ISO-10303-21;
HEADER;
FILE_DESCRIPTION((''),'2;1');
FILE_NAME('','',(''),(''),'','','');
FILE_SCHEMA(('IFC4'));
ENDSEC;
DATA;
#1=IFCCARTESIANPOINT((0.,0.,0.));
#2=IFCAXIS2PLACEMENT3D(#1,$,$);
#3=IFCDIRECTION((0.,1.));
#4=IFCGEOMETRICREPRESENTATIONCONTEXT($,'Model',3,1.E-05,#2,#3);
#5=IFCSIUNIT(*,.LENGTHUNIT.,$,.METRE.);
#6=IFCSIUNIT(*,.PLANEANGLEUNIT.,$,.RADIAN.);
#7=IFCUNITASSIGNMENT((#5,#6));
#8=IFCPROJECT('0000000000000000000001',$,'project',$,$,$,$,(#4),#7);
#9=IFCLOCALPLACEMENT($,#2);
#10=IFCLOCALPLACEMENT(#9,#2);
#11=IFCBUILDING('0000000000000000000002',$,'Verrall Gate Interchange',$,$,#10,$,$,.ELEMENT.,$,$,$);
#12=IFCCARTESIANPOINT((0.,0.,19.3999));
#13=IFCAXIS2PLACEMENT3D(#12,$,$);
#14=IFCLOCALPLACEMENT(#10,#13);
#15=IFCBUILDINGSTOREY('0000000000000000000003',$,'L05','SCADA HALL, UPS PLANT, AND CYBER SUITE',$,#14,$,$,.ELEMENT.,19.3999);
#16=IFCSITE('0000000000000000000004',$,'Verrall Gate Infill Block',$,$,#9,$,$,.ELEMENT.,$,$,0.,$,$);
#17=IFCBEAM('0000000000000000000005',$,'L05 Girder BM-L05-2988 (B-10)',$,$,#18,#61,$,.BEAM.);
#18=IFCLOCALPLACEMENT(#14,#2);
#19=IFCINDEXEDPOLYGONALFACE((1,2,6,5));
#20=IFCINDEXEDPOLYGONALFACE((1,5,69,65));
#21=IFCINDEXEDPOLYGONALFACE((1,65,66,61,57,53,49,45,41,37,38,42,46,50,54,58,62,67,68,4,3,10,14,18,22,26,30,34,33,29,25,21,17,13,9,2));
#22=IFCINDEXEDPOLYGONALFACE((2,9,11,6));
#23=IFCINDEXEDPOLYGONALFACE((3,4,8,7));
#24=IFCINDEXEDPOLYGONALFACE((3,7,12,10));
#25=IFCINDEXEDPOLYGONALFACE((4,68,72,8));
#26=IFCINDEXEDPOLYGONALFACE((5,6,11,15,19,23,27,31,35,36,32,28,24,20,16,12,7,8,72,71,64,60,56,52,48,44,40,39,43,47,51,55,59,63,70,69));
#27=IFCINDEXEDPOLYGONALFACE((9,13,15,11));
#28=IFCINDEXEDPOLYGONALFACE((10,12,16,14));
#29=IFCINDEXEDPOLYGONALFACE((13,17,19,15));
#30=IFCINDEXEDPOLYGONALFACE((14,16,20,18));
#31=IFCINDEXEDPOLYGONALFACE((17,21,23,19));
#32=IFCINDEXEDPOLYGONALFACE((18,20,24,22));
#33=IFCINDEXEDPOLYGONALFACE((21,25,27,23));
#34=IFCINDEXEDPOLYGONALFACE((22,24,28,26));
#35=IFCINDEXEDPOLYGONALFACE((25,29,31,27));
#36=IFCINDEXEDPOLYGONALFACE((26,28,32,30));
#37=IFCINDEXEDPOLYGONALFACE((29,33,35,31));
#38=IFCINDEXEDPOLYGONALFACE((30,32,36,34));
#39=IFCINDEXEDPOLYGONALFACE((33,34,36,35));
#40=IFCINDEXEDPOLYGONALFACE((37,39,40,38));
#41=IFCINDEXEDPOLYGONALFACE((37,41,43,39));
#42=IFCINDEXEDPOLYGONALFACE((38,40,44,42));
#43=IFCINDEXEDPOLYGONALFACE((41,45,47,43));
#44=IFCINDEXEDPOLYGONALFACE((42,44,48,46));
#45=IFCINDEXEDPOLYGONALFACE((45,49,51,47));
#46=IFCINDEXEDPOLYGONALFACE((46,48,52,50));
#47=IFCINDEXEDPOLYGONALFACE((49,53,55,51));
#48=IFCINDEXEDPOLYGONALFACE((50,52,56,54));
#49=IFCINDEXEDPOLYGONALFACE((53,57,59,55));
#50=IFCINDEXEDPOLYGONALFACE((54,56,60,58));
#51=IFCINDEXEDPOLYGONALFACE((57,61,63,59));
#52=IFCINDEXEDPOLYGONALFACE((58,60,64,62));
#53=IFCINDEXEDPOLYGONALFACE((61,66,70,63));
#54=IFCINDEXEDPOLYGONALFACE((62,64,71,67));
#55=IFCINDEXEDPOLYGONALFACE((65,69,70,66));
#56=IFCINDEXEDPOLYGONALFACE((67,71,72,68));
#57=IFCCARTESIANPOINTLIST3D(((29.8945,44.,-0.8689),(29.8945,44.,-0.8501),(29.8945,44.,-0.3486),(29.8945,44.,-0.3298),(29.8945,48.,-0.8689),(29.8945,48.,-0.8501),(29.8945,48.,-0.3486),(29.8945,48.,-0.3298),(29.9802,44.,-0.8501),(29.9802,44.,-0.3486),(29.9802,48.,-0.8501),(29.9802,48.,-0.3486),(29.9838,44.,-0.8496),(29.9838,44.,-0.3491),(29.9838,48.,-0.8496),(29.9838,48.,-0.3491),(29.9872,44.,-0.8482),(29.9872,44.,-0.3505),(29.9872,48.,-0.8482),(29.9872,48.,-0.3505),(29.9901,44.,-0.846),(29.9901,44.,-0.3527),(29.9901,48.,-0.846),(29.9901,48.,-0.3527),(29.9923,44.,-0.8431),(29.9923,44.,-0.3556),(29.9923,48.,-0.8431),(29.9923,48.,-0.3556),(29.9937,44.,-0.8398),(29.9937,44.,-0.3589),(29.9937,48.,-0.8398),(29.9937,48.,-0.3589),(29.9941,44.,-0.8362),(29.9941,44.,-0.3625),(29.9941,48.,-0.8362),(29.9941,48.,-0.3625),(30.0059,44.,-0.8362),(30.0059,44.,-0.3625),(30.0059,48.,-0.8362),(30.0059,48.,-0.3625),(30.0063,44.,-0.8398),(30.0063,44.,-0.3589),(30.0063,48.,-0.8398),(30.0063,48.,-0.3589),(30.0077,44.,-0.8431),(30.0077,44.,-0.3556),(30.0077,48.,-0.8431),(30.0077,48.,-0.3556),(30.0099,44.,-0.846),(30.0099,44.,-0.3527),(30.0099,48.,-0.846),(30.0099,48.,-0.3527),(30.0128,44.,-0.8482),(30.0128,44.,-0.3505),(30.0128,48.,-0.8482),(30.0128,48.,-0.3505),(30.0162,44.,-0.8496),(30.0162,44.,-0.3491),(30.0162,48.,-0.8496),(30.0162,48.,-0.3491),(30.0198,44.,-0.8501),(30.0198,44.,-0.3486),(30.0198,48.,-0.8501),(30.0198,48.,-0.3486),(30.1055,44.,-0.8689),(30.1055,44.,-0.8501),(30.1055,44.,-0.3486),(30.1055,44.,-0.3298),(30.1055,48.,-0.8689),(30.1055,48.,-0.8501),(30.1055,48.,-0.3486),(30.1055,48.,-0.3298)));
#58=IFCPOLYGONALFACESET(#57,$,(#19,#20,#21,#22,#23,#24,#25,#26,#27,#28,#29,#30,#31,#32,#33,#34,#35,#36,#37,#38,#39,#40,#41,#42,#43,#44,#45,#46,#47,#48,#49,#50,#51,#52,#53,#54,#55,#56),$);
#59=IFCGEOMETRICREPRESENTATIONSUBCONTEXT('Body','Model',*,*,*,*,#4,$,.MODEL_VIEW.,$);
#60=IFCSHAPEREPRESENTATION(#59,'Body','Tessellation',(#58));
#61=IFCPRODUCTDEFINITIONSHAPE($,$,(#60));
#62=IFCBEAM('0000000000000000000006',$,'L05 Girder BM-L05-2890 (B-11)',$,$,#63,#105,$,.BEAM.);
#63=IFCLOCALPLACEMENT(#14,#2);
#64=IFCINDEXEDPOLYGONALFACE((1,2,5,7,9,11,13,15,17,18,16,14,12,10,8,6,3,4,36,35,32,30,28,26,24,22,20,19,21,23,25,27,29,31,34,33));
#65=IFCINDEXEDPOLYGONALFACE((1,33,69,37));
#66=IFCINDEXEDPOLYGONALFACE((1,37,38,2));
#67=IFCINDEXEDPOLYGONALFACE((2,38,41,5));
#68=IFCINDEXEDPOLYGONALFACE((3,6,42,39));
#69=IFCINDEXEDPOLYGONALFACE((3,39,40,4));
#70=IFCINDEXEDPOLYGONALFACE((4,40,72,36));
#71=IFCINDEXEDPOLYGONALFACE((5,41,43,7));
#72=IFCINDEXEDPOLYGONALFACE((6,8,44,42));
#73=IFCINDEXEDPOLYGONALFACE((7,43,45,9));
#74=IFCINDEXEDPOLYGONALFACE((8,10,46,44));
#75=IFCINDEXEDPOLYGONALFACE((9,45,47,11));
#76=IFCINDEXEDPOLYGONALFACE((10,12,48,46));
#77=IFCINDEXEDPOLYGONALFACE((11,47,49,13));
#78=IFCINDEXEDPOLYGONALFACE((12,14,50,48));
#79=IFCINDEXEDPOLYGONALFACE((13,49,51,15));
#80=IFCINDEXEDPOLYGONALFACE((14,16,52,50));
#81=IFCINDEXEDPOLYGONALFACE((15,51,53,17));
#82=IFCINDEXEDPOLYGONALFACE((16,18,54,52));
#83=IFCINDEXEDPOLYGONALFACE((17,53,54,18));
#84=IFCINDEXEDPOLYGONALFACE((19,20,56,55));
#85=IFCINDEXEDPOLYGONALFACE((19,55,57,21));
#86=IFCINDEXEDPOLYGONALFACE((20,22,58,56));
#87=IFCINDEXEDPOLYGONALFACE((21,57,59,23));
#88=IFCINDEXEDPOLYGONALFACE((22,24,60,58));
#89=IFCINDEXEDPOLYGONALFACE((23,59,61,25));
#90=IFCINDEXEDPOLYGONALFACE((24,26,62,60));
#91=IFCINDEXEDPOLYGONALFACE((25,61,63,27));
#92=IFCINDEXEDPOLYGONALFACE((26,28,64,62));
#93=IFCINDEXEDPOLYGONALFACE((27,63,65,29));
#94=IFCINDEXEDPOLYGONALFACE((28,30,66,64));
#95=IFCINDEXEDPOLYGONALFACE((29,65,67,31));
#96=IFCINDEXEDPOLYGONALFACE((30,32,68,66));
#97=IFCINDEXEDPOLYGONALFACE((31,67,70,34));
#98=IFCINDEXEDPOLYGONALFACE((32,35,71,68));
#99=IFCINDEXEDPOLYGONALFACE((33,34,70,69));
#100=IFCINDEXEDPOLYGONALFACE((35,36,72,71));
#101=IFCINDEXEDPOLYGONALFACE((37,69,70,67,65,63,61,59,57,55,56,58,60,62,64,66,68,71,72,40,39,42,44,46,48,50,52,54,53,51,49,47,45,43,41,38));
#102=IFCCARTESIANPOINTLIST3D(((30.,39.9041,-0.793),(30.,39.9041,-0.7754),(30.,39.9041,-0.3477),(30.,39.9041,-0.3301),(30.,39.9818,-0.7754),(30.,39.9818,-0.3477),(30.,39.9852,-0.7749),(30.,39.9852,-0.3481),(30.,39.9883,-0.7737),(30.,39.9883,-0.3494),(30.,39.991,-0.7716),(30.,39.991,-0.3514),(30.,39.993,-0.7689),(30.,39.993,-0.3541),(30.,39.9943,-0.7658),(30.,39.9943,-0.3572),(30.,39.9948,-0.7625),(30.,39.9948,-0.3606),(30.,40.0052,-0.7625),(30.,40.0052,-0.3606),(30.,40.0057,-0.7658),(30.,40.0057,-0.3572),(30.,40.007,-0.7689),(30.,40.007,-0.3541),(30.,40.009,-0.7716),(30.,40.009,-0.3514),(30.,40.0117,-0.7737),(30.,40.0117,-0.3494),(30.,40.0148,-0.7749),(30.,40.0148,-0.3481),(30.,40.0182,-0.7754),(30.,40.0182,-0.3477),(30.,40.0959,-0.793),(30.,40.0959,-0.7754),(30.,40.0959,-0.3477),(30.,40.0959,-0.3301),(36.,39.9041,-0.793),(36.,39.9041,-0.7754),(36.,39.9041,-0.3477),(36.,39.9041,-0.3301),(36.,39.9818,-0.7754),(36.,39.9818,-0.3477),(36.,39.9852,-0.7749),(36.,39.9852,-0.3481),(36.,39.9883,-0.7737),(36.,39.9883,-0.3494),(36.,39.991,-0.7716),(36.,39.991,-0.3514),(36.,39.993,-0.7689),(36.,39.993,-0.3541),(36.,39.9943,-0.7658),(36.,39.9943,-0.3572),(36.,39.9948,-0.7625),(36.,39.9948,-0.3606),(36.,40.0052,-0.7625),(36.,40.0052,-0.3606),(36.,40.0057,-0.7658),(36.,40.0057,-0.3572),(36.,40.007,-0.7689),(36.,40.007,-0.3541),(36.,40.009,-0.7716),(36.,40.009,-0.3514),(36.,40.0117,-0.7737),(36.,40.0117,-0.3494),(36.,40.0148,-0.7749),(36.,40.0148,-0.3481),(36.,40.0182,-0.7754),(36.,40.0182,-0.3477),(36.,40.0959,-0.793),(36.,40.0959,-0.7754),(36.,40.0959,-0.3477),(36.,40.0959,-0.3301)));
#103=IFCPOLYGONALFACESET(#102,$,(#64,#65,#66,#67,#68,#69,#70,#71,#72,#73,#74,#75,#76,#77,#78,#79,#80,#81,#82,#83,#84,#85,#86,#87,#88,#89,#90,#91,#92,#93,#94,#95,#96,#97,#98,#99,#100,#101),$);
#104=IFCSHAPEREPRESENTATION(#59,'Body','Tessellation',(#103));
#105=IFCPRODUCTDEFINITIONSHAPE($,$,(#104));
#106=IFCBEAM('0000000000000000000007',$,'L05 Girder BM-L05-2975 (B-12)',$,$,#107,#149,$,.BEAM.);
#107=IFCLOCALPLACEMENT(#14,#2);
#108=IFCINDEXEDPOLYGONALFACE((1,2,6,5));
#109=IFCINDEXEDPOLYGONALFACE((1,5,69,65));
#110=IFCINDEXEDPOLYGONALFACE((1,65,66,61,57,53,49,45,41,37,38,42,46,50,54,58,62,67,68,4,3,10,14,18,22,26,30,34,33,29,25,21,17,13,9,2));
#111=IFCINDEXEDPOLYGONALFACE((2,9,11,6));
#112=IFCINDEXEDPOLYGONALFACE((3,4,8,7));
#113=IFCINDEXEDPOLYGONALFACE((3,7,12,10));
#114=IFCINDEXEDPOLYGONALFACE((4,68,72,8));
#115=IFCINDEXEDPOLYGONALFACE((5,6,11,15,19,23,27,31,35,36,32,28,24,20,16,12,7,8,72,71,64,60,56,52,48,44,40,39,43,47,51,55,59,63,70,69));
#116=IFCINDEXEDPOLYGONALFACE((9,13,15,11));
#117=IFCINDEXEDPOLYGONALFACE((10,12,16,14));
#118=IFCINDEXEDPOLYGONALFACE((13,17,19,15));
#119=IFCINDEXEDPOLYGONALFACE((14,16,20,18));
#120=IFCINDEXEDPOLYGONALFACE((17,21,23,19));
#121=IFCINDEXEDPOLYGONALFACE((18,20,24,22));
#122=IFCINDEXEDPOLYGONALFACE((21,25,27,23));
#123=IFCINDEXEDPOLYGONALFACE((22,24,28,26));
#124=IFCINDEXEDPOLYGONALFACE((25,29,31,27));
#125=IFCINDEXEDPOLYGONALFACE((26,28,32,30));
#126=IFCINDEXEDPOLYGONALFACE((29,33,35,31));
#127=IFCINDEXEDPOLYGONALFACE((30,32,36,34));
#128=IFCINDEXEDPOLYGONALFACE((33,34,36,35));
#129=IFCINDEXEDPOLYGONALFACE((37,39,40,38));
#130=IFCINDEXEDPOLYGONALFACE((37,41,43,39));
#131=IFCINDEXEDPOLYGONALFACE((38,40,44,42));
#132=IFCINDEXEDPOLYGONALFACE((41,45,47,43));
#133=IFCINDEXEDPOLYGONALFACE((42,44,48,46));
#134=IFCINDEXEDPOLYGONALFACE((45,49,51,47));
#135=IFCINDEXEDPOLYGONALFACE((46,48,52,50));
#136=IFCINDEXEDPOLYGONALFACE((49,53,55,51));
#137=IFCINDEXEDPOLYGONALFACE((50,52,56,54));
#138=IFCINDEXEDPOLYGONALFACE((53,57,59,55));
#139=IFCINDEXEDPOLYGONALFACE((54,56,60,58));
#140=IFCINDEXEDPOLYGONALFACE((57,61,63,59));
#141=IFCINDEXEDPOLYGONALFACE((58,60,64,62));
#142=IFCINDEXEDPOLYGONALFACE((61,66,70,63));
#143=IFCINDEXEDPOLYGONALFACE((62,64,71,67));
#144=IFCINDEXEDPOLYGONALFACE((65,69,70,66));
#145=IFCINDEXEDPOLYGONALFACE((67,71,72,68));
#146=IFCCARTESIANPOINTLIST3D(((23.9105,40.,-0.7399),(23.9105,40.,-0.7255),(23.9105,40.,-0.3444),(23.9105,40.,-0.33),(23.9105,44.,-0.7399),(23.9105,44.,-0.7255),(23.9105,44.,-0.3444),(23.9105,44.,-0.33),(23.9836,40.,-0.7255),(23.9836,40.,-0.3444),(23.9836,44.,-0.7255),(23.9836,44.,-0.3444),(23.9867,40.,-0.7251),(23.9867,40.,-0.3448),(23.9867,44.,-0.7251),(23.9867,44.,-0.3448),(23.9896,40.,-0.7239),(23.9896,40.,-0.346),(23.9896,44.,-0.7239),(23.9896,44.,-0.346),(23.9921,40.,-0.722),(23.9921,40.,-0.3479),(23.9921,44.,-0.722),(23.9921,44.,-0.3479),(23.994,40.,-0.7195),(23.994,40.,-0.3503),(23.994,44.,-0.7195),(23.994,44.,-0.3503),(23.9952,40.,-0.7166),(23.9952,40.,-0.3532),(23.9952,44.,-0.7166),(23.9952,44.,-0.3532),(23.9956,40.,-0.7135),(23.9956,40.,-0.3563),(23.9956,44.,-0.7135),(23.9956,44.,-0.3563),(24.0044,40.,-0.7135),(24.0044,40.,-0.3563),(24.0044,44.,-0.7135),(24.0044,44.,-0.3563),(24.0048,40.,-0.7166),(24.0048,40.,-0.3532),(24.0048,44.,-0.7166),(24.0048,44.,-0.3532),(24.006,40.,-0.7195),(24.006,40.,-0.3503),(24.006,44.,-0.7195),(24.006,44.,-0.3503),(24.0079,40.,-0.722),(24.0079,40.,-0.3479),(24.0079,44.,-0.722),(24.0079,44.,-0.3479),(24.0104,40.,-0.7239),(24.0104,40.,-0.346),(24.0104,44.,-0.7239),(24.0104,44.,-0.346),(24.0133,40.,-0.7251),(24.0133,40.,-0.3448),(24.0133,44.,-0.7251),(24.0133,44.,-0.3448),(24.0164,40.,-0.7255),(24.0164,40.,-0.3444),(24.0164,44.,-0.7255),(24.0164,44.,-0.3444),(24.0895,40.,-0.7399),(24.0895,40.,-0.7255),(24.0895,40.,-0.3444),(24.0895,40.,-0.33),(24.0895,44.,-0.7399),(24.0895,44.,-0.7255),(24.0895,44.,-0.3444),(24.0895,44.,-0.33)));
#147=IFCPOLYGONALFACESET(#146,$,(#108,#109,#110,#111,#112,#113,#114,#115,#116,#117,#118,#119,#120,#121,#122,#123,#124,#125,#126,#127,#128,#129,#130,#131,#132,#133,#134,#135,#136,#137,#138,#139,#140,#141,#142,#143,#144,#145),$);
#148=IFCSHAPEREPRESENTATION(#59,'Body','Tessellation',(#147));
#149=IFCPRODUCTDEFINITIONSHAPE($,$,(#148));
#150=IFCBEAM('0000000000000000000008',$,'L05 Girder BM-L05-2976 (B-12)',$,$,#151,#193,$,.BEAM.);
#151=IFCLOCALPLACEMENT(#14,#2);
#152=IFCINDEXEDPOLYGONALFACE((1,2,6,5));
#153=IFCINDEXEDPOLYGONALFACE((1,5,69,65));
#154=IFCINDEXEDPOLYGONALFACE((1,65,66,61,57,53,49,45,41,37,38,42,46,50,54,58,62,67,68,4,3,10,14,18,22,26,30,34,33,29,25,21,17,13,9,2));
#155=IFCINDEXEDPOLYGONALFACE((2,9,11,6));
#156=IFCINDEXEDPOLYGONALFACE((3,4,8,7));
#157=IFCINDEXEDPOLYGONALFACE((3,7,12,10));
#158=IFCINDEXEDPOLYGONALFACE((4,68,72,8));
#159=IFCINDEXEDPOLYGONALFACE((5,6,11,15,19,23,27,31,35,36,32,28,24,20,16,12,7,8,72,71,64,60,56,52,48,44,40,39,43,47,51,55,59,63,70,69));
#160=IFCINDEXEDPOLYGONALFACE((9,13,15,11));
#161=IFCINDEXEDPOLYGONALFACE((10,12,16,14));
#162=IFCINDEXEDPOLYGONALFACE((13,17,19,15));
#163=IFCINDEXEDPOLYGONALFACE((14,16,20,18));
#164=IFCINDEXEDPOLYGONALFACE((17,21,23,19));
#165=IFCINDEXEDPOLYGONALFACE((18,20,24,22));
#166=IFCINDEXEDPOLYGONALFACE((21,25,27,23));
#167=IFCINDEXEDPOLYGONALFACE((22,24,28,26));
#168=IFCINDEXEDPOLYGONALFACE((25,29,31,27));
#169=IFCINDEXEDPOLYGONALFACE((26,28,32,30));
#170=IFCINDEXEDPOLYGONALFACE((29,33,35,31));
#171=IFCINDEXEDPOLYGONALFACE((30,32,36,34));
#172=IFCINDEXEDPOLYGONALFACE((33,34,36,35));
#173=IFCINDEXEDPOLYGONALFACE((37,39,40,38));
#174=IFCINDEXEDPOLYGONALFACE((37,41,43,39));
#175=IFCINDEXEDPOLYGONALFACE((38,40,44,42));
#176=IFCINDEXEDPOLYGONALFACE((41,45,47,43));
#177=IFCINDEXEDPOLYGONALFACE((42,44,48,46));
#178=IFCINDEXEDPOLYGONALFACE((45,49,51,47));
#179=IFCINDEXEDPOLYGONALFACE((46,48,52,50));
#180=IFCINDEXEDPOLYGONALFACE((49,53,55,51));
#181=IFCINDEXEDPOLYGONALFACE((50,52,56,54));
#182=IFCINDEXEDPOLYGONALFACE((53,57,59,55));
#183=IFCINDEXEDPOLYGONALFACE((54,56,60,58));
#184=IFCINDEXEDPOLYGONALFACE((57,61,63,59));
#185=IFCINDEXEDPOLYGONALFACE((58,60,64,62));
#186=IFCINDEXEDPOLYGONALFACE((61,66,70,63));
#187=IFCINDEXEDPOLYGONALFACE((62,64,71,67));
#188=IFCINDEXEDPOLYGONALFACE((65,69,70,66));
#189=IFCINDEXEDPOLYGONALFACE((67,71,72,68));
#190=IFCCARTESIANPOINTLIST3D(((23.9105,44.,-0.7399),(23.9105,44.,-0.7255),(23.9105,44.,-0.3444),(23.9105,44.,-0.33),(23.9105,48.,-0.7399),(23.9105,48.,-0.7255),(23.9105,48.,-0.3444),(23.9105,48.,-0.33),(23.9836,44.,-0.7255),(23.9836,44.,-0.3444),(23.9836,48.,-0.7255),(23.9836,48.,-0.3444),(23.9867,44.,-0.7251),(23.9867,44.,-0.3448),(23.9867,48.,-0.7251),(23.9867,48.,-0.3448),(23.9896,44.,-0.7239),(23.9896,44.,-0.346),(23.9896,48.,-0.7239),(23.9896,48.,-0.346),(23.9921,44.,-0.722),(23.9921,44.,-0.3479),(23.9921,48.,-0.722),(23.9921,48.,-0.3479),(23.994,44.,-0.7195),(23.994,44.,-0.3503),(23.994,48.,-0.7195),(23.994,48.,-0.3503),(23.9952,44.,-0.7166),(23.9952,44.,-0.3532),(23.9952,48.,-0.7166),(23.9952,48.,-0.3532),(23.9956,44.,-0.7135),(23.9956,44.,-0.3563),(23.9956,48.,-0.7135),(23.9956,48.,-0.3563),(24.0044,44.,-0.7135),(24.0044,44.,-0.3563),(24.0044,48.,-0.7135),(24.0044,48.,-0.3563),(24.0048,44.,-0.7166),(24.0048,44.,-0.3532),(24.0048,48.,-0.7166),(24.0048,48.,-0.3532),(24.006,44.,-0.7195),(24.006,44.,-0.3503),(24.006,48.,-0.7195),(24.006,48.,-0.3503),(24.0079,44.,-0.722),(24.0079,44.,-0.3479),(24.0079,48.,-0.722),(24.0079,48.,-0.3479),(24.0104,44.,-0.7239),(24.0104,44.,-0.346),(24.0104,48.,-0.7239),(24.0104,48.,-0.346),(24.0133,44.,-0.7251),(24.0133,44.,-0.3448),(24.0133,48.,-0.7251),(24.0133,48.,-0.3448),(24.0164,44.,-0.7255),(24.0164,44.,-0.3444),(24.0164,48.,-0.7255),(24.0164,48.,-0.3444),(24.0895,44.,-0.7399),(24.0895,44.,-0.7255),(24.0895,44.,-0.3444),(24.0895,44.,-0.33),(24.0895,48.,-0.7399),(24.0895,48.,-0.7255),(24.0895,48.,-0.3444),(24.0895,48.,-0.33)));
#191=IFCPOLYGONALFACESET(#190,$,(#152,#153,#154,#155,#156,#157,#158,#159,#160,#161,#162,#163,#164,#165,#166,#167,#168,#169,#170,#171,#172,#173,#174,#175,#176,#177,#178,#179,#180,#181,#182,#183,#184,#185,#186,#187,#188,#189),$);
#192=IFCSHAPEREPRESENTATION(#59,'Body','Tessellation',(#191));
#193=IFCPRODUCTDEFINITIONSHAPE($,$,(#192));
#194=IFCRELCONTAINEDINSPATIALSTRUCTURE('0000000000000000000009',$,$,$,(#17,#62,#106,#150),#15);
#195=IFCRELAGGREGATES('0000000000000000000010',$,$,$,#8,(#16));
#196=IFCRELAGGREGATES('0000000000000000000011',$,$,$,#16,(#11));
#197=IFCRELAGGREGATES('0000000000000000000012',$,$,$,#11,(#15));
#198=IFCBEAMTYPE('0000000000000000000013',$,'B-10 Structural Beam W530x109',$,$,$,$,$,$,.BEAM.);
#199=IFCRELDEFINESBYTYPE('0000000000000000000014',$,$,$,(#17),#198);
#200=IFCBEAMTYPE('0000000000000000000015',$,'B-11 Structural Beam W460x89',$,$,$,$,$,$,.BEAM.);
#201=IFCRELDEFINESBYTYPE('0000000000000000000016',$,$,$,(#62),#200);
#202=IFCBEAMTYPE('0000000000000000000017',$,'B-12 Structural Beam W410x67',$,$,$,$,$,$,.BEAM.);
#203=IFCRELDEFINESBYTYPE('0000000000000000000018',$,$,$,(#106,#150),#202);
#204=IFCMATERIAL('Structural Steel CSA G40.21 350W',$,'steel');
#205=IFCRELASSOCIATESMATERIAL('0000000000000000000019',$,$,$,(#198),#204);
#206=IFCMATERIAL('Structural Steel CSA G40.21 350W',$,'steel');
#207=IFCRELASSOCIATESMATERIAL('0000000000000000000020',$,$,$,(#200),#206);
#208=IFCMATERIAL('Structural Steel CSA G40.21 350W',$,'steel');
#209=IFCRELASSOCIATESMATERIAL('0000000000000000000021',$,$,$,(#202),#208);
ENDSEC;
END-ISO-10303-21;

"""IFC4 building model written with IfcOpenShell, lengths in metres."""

from ifc_helpers import new_model, si_unit, direction, frame, origin, origin_2d, place, context, subcontext, project, spatial, i_section, extrude, material, material_profile, profile_set, type_object, element, save


model = new_model("IFC4")

# Units and contexts
model_context = context("Model", 3, precision=1e-05, world=origin(), true_north=direction((0.0, 1.0)))
body_context = subcontext(model_context, "Body", "Model", "MODEL_VIEW")
ifc_project = project(units=[si_unit("LENGTHUNIT", "METRE"), si_unit("PLANEANGLEUNIT", "RADIAN")], contexts=[model_context])

# Site, building, storey
site_placement = place(None, origin())
site = spatial("IfcSite", under=ifc_project, at=site_placement, Name="Verrall Gate Infill Block", CompositionType="ELEMENT", RefElevation=0.0)
building_placement = place(site_placement, origin())
building = spatial("IfcBuilding", under=site, at=building_placement, Name="Verrall Gate Interchange", CompositionType="ELEMENT")
storey_placement = place(building_placement, frame((0.0, 0.0, 19.3999)))
storey = spatial("IfcBuildingStorey", under=building, at=storey_placement, Name="L05", Description="SCADA HALL, UPS PLANT, AND CYBER SUITE", CompositionType="ELEMENT", Elevation=19.3999)

# Beams
ifc_material_1 = material(Name="Structural Steel CSA G40.21 350W", Category="steel")
ifc_material_profile_1 = material_profile(ifc_material_1, i_section(OverallWidth=0.2109, OverallDepth=0.5391, WebThickness=0.0117, FlangeThickness=0.0188, FilletRadius=0.0139, at=origin_2d()), Name="W530x109")
ifc_profile_set_1 = profile_set([ifc_material_profile_1], Name="Structural Steel CSA G40.21 350W")
beam_type_1 = type_object("IfcBeamType", Name="B-10 Structural Beam W530x109", PredefinedType="BEAM", material=ifc_profile_set_1)
for number, where, z_axis, x_axis, name in (
    (1, (30.0, 44.0, -0.5994), (0.0, 1.0, 0.0), (-1.0, 0.0, 0.0), "L05 Girder BM-L05-2988 (B-10)"),
):
    element("IfcBeam", number, at=place(storey_placement, frame(where, z_axis=z_axis, x_axis=x_axis)), inside=storey, type_object=beam_type_1, Name=name, PredefinedType="BEAM", context=body_context, shape_type="SweptSolid", body=[
        extrude(i_section(OverallWidth=0.2109, OverallDepth=0.5391, WebThickness=0.0117, FlangeThickness=0.0188, FilletRadius=0.0139, at=origin_2d()), origin(), (0.0, 0.0, 1.0), 4.0),
    ])
ifc_material_2 = material(Name="Structural Steel CSA G40.21 350W", Category="steel")
ifc_material_profile_2 = material_profile(ifc_material_2, i_section(OverallWidth=0.1919, OverallDepth=0.4629, WebThickness=0.0105, FlangeThickness=0.0176, FilletRadius=0.0129, at=origin_2d()), Name="W460x89")
ifc_profile_set_2 = profile_set([ifc_material_profile_2], Name="Structural Steel CSA G40.21 350W")
beam_type_2 = type_object("IfcBeamType", Name="B-11 Structural Beam W460x89", PredefinedType="BEAM", material=ifc_profile_set_2)
beam_1_placement = place(storey_placement, frame((30.0, 40.0, -0.5615), z_axis=(1.0, 0.0, 0.0), x_axis=(0.0, 1.0, 0.0)))
element("IfcBeam", 2, at=beam_1_placement, inside=storey, type_object=beam_type_2, Name="L05 Girder BM-L05-2890 (B-11)", PredefinedType="BEAM", context=body_context, shape_type="SweptSolid", body=[
    extrude(i_section(OverallWidth=0.1919, OverallDepth=0.4629, WebThickness=0.0105, FlangeThickness=0.0176, FilletRadius=0.0129, at=origin_2d()), origin(), (0.0, 0.0, 1.0), 6.0),
])
ifc_material_3 = material(Name="Structural Steel CSA G40.21 350W", Category="steel")
ifc_material_profile_3 = material_profile(ifc_material_3, i_section(OverallWidth=0.179, OverallDepth=0.4099, WebThickness=0.0088, FlangeThickness=0.0144, FilletRadius=0.012, at=origin_2d()), Name="W410x67")
ifc_profile_set_3 = profile_set([ifc_material_profile_3], Name="Structural Steel CSA G40.21 350W")
beam_type_3 = type_object("IfcBeamType", Name="B-12 Structural Beam W410x67", PredefinedType="BEAM", material=ifc_profile_set_3)
for number, where, z_axis, x_axis, name in (
    (3, (24.0, 40.0, -0.5349), (0.0, 1.0, 0.0), (-1.0, 0.0, 0.0), "L05 Girder BM-L05-2975 (B-12)"),
    (4, (24.0, 44.0, -0.5349), (0.0, 1.0, 0.0), (-1.0, 0.0, 0.0), "L05 Girder BM-L05-2976 (B-12)"),
):
    element("IfcBeam", number, at=place(storey_placement, frame(where, z_axis=z_axis, x_axis=x_axis)), inside=storey, type_object=beam_type_3, Name=name, PredefinedType="BEAM", context=body_context, shape_type="SweptSolid", body=[
        extrude(i_section(OverallWidth=0.179, OverallDepth=0.4099, WebThickness=0.0088, FlangeThickness=0.0144, FilletRadius=0.012, at=origin_2d()), origin(), (0.0, 0.0, 1.0), 4.0),
    ])

save(model, "model.ifc")
